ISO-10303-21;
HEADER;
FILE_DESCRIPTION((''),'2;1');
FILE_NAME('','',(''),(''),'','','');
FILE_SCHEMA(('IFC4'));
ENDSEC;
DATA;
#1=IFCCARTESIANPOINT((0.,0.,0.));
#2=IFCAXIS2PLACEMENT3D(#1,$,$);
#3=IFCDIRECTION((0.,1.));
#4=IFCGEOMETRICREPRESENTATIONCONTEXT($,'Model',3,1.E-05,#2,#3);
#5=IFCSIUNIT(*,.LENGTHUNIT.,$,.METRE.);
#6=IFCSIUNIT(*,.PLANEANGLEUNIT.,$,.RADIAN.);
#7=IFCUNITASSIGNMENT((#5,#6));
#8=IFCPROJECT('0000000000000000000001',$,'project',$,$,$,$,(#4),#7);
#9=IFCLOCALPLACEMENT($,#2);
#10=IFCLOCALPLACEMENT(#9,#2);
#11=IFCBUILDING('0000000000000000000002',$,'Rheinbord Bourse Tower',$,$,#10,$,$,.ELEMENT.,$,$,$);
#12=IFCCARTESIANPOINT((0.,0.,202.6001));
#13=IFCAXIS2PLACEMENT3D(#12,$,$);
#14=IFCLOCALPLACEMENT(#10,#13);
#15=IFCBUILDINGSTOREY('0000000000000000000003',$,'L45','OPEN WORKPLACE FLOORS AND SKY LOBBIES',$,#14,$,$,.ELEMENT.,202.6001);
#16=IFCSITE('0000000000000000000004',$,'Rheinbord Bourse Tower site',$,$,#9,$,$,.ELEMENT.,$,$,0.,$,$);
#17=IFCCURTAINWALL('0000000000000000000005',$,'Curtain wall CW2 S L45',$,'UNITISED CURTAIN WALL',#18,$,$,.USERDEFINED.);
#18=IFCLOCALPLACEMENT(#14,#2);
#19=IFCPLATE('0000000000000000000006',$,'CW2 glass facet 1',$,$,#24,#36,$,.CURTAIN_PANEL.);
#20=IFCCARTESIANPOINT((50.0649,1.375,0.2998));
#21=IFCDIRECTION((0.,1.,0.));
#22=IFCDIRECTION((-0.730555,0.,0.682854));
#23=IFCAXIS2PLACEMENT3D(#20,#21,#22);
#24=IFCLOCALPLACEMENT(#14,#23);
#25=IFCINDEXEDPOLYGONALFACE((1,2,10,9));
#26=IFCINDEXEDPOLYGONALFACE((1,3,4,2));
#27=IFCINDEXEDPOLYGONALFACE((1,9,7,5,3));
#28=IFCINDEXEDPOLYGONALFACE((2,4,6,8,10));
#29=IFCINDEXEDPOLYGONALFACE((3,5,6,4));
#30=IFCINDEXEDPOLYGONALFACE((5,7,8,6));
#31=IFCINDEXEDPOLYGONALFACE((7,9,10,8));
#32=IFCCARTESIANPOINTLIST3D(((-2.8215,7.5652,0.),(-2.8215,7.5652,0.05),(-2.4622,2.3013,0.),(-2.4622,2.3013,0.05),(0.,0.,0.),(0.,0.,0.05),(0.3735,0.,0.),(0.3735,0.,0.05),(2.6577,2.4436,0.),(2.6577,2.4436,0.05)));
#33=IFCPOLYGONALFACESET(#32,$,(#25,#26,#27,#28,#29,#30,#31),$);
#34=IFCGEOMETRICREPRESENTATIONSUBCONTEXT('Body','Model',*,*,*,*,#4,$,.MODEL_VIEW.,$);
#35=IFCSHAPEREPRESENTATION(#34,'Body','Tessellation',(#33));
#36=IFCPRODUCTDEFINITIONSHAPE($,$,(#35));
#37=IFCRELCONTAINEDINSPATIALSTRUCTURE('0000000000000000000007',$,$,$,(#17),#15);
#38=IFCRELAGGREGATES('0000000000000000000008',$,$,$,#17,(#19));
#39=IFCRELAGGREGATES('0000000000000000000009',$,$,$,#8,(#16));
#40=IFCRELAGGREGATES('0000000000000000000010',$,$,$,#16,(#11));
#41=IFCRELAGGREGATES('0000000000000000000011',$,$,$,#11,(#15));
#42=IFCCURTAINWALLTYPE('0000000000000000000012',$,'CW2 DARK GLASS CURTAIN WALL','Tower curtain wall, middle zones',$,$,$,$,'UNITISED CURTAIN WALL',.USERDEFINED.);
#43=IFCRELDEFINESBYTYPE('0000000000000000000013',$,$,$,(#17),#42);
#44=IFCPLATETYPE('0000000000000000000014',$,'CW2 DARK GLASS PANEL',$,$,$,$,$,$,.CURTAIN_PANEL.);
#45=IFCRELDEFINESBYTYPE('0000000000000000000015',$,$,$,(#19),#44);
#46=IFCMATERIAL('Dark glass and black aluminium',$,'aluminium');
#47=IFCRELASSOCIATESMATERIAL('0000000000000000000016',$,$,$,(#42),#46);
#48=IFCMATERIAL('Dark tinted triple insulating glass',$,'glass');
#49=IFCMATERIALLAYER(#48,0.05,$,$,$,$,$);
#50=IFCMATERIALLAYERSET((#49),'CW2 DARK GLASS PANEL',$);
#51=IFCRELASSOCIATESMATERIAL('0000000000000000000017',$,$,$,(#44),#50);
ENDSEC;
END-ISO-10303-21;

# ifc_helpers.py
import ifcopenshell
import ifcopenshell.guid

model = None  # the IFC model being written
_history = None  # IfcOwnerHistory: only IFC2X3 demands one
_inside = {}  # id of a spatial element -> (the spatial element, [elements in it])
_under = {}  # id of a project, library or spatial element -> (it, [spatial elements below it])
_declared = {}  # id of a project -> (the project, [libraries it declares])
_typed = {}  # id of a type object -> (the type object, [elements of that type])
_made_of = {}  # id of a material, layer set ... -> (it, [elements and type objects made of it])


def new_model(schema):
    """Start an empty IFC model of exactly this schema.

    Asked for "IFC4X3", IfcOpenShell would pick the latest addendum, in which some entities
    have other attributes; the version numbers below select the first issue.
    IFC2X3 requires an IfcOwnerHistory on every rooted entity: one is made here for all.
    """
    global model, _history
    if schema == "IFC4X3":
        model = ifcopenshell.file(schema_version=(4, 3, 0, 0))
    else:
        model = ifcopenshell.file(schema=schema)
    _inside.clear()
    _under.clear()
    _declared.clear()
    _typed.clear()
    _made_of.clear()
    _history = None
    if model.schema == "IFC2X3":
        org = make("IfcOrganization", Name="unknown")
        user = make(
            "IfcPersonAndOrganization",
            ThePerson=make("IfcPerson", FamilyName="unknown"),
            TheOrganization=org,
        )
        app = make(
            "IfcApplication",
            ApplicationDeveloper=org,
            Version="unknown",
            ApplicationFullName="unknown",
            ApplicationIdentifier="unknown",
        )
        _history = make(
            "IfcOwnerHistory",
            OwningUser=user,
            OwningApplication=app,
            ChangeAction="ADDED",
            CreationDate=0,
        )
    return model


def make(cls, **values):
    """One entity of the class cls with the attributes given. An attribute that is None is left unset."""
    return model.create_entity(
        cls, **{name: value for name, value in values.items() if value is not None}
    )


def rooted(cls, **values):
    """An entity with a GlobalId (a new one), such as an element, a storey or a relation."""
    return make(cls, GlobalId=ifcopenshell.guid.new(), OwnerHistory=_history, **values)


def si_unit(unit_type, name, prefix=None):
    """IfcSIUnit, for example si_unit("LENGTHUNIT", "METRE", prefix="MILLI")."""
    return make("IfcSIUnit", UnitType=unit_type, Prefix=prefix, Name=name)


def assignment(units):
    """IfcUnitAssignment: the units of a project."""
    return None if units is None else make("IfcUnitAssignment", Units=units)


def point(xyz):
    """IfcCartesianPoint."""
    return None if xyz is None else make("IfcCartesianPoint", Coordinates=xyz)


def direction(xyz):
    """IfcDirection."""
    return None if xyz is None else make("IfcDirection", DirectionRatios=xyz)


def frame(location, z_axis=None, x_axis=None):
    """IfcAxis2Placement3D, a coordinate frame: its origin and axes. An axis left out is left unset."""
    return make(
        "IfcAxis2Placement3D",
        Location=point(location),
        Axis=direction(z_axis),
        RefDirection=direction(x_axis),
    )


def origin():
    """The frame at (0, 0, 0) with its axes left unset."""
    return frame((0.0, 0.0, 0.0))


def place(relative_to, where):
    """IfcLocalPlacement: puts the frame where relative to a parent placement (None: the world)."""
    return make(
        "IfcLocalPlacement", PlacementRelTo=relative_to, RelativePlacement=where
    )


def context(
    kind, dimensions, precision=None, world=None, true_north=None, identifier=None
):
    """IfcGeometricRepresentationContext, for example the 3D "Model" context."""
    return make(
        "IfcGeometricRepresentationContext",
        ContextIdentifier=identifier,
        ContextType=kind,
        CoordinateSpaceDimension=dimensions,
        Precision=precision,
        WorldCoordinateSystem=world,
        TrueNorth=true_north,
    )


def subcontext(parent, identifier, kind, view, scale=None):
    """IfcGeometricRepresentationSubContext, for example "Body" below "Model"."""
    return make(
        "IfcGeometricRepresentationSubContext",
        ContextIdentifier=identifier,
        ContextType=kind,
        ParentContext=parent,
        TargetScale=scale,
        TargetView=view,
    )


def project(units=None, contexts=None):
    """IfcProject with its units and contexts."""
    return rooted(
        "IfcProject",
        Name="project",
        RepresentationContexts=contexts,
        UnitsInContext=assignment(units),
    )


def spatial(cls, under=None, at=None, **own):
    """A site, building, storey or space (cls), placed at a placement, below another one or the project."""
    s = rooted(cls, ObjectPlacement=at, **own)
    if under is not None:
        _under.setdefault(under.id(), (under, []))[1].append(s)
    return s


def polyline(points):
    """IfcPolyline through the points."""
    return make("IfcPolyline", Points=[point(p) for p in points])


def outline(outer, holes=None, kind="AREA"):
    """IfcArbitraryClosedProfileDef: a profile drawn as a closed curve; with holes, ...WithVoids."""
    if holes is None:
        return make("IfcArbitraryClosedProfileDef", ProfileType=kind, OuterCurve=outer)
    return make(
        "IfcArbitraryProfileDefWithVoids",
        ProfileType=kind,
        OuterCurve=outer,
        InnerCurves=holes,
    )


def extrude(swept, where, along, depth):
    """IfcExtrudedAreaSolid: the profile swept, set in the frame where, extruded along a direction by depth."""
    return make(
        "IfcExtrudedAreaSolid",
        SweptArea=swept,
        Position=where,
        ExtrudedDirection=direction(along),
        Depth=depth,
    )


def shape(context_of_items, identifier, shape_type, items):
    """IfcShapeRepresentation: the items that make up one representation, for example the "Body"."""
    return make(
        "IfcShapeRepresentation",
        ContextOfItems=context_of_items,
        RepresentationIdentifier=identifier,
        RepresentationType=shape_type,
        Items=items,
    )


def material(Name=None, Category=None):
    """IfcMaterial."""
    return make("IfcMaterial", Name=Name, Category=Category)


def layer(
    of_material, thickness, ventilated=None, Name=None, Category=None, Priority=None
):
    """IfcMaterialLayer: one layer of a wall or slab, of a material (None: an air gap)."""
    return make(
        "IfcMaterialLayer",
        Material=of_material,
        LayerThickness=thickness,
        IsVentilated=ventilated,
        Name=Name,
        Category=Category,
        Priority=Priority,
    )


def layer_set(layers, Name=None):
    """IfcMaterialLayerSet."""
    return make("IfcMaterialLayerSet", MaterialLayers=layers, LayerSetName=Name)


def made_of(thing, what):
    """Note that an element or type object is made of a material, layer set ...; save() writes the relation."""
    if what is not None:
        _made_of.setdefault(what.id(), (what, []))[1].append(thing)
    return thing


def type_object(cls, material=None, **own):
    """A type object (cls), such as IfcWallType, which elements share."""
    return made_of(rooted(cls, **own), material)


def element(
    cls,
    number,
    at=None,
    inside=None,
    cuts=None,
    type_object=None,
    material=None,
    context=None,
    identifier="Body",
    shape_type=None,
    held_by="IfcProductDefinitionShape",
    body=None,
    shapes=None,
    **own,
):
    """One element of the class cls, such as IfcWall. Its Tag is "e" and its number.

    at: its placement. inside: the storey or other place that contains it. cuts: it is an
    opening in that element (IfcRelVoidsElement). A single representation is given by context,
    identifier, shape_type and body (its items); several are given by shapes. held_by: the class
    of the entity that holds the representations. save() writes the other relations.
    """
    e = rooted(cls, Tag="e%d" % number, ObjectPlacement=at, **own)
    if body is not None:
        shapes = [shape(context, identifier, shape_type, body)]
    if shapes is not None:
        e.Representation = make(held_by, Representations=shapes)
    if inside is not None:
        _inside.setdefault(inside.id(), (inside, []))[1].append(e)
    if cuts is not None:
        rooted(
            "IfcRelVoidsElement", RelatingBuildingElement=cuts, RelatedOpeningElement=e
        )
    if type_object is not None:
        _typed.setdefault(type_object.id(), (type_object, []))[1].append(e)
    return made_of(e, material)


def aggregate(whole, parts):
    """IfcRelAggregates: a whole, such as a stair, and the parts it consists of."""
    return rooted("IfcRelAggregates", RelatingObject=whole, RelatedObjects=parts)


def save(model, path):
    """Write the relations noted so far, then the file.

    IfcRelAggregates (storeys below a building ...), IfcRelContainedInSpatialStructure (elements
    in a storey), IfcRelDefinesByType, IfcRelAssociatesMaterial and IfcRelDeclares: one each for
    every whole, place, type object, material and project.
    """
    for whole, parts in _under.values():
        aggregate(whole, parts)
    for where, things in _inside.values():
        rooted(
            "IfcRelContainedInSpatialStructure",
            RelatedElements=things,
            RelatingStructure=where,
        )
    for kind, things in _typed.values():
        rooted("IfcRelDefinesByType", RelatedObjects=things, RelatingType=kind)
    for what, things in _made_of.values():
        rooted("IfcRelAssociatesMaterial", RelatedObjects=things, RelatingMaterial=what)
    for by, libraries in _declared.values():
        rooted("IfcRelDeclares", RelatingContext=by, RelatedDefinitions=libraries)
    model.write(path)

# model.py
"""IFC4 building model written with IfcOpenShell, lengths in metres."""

from ifc_helpers import new_model, si_unit, direction, frame, origin, place, context, subcontext, project, spatial, polyline, outline, extrude, material, layer, layer_set, type_object, element, aggregate, save


model = new_model("IFC4")

# Units and contexts
model_context = context("Model", 3, precision=1e-05, world=origin(), true_north=direction((0.0, 1.0)))
body_context = subcontext(model_context, "Body", "Model", "MODEL_VIEW")
ifc_project = project(units=[si_unit("LENGTHUNIT", "METRE"), si_unit("PLANEANGLEUNIT", "RADIAN")], contexts=[model_context])

# Site, building, storey
site_placement = place(None, origin())
site = spatial("IfcSite", under=ifc_project, at=site_placement, Name="Rheinbord Bourse Tower site", CompositionType="ELEMENT", RefElevation=0.0)
building_placement = place(site_placement, origin())
building = spatial("IfcBuilding", under=site, at=building_placement, Name="Rheinbord Bourse Tower", CompositionType="ELEMENT")
storey_placement = place(building_placement, frame((0.0, 0.0, 202.6001)))
storey = spatial("IfcBuildingStorey", under=building, at=storey_placement, Name="L45", Description="OPEN WORKPLACE FLOORS AND SKY LOBBIES", CompositionType="ELEMENT", Elevation=202.6001)

# Curtain wall
ifc_material_1 = material(Name="Dark glass and black aluminium", Category="aluminium")
curtain_wall_type = type_object("IfcCurtainWallType", Name="CW2 DARK GLASS CURTAIN WALL", Description="Tower curtain wall, middle zones", ElementType="UNITISED CURTAIN WALL", PredefinedType="USERDEFINED", material=ifc_material_1)
curtain_wall_placement = place(storey_placement, origin())
curtain_wall = element("IfcCurtainWall", 1, at=curtain_wall_placement, inside=storey, type_object=curtain_wall_type, Name="Curtain wall CW2 S L45", ObjectType="UNITISED CURTAIN WALL", PredefinedType="USERDEFINED")

# Plate
ifc_material_2 = material(Name="Dark tinted triple insulating glass", Category="glass")
ifc_layer_1 = layer(ifc_material_2, 0.05)
ifc_layer_set_1 = layer_set([ifc_layer_1], Name="CW2 DARK GLASS PANEL")
plate_type = type_object("IfcPlateType", Name="CW2 DARK GLASS PANEL", PredefinedType="CURTAIN_PANEL", material=ifc_layer_set_1)
plate_1_placement = place(storey_placement, frame((50.0649, 1.375, 0.2998), z_axis=(0.0, 1.0, 0.0), x_axis=(-0.730555, 0.0, 0.682854)))
plate_1 = element("IfcPlate", 2, at=plate_1_placement, type_object=plate_type, Name="CW2 glass facet 1", PredefinedType="CURTAIN_PANEL", context=body_context, shape_type="SweptSolid", body=[
    extrude(outline(polyline([(0.0, 0.0), (0.3735, 0.0), (2.6577, 2.4436), (-2.8215, 7.5652), (-2.4622, 2.3013), (0.0, 0.0)])), origin(), (0.0, 0.0, 1.0), 0.05),
])
aggregate(curtain_wall, [plate_1])

save(model, "model.ifc")
